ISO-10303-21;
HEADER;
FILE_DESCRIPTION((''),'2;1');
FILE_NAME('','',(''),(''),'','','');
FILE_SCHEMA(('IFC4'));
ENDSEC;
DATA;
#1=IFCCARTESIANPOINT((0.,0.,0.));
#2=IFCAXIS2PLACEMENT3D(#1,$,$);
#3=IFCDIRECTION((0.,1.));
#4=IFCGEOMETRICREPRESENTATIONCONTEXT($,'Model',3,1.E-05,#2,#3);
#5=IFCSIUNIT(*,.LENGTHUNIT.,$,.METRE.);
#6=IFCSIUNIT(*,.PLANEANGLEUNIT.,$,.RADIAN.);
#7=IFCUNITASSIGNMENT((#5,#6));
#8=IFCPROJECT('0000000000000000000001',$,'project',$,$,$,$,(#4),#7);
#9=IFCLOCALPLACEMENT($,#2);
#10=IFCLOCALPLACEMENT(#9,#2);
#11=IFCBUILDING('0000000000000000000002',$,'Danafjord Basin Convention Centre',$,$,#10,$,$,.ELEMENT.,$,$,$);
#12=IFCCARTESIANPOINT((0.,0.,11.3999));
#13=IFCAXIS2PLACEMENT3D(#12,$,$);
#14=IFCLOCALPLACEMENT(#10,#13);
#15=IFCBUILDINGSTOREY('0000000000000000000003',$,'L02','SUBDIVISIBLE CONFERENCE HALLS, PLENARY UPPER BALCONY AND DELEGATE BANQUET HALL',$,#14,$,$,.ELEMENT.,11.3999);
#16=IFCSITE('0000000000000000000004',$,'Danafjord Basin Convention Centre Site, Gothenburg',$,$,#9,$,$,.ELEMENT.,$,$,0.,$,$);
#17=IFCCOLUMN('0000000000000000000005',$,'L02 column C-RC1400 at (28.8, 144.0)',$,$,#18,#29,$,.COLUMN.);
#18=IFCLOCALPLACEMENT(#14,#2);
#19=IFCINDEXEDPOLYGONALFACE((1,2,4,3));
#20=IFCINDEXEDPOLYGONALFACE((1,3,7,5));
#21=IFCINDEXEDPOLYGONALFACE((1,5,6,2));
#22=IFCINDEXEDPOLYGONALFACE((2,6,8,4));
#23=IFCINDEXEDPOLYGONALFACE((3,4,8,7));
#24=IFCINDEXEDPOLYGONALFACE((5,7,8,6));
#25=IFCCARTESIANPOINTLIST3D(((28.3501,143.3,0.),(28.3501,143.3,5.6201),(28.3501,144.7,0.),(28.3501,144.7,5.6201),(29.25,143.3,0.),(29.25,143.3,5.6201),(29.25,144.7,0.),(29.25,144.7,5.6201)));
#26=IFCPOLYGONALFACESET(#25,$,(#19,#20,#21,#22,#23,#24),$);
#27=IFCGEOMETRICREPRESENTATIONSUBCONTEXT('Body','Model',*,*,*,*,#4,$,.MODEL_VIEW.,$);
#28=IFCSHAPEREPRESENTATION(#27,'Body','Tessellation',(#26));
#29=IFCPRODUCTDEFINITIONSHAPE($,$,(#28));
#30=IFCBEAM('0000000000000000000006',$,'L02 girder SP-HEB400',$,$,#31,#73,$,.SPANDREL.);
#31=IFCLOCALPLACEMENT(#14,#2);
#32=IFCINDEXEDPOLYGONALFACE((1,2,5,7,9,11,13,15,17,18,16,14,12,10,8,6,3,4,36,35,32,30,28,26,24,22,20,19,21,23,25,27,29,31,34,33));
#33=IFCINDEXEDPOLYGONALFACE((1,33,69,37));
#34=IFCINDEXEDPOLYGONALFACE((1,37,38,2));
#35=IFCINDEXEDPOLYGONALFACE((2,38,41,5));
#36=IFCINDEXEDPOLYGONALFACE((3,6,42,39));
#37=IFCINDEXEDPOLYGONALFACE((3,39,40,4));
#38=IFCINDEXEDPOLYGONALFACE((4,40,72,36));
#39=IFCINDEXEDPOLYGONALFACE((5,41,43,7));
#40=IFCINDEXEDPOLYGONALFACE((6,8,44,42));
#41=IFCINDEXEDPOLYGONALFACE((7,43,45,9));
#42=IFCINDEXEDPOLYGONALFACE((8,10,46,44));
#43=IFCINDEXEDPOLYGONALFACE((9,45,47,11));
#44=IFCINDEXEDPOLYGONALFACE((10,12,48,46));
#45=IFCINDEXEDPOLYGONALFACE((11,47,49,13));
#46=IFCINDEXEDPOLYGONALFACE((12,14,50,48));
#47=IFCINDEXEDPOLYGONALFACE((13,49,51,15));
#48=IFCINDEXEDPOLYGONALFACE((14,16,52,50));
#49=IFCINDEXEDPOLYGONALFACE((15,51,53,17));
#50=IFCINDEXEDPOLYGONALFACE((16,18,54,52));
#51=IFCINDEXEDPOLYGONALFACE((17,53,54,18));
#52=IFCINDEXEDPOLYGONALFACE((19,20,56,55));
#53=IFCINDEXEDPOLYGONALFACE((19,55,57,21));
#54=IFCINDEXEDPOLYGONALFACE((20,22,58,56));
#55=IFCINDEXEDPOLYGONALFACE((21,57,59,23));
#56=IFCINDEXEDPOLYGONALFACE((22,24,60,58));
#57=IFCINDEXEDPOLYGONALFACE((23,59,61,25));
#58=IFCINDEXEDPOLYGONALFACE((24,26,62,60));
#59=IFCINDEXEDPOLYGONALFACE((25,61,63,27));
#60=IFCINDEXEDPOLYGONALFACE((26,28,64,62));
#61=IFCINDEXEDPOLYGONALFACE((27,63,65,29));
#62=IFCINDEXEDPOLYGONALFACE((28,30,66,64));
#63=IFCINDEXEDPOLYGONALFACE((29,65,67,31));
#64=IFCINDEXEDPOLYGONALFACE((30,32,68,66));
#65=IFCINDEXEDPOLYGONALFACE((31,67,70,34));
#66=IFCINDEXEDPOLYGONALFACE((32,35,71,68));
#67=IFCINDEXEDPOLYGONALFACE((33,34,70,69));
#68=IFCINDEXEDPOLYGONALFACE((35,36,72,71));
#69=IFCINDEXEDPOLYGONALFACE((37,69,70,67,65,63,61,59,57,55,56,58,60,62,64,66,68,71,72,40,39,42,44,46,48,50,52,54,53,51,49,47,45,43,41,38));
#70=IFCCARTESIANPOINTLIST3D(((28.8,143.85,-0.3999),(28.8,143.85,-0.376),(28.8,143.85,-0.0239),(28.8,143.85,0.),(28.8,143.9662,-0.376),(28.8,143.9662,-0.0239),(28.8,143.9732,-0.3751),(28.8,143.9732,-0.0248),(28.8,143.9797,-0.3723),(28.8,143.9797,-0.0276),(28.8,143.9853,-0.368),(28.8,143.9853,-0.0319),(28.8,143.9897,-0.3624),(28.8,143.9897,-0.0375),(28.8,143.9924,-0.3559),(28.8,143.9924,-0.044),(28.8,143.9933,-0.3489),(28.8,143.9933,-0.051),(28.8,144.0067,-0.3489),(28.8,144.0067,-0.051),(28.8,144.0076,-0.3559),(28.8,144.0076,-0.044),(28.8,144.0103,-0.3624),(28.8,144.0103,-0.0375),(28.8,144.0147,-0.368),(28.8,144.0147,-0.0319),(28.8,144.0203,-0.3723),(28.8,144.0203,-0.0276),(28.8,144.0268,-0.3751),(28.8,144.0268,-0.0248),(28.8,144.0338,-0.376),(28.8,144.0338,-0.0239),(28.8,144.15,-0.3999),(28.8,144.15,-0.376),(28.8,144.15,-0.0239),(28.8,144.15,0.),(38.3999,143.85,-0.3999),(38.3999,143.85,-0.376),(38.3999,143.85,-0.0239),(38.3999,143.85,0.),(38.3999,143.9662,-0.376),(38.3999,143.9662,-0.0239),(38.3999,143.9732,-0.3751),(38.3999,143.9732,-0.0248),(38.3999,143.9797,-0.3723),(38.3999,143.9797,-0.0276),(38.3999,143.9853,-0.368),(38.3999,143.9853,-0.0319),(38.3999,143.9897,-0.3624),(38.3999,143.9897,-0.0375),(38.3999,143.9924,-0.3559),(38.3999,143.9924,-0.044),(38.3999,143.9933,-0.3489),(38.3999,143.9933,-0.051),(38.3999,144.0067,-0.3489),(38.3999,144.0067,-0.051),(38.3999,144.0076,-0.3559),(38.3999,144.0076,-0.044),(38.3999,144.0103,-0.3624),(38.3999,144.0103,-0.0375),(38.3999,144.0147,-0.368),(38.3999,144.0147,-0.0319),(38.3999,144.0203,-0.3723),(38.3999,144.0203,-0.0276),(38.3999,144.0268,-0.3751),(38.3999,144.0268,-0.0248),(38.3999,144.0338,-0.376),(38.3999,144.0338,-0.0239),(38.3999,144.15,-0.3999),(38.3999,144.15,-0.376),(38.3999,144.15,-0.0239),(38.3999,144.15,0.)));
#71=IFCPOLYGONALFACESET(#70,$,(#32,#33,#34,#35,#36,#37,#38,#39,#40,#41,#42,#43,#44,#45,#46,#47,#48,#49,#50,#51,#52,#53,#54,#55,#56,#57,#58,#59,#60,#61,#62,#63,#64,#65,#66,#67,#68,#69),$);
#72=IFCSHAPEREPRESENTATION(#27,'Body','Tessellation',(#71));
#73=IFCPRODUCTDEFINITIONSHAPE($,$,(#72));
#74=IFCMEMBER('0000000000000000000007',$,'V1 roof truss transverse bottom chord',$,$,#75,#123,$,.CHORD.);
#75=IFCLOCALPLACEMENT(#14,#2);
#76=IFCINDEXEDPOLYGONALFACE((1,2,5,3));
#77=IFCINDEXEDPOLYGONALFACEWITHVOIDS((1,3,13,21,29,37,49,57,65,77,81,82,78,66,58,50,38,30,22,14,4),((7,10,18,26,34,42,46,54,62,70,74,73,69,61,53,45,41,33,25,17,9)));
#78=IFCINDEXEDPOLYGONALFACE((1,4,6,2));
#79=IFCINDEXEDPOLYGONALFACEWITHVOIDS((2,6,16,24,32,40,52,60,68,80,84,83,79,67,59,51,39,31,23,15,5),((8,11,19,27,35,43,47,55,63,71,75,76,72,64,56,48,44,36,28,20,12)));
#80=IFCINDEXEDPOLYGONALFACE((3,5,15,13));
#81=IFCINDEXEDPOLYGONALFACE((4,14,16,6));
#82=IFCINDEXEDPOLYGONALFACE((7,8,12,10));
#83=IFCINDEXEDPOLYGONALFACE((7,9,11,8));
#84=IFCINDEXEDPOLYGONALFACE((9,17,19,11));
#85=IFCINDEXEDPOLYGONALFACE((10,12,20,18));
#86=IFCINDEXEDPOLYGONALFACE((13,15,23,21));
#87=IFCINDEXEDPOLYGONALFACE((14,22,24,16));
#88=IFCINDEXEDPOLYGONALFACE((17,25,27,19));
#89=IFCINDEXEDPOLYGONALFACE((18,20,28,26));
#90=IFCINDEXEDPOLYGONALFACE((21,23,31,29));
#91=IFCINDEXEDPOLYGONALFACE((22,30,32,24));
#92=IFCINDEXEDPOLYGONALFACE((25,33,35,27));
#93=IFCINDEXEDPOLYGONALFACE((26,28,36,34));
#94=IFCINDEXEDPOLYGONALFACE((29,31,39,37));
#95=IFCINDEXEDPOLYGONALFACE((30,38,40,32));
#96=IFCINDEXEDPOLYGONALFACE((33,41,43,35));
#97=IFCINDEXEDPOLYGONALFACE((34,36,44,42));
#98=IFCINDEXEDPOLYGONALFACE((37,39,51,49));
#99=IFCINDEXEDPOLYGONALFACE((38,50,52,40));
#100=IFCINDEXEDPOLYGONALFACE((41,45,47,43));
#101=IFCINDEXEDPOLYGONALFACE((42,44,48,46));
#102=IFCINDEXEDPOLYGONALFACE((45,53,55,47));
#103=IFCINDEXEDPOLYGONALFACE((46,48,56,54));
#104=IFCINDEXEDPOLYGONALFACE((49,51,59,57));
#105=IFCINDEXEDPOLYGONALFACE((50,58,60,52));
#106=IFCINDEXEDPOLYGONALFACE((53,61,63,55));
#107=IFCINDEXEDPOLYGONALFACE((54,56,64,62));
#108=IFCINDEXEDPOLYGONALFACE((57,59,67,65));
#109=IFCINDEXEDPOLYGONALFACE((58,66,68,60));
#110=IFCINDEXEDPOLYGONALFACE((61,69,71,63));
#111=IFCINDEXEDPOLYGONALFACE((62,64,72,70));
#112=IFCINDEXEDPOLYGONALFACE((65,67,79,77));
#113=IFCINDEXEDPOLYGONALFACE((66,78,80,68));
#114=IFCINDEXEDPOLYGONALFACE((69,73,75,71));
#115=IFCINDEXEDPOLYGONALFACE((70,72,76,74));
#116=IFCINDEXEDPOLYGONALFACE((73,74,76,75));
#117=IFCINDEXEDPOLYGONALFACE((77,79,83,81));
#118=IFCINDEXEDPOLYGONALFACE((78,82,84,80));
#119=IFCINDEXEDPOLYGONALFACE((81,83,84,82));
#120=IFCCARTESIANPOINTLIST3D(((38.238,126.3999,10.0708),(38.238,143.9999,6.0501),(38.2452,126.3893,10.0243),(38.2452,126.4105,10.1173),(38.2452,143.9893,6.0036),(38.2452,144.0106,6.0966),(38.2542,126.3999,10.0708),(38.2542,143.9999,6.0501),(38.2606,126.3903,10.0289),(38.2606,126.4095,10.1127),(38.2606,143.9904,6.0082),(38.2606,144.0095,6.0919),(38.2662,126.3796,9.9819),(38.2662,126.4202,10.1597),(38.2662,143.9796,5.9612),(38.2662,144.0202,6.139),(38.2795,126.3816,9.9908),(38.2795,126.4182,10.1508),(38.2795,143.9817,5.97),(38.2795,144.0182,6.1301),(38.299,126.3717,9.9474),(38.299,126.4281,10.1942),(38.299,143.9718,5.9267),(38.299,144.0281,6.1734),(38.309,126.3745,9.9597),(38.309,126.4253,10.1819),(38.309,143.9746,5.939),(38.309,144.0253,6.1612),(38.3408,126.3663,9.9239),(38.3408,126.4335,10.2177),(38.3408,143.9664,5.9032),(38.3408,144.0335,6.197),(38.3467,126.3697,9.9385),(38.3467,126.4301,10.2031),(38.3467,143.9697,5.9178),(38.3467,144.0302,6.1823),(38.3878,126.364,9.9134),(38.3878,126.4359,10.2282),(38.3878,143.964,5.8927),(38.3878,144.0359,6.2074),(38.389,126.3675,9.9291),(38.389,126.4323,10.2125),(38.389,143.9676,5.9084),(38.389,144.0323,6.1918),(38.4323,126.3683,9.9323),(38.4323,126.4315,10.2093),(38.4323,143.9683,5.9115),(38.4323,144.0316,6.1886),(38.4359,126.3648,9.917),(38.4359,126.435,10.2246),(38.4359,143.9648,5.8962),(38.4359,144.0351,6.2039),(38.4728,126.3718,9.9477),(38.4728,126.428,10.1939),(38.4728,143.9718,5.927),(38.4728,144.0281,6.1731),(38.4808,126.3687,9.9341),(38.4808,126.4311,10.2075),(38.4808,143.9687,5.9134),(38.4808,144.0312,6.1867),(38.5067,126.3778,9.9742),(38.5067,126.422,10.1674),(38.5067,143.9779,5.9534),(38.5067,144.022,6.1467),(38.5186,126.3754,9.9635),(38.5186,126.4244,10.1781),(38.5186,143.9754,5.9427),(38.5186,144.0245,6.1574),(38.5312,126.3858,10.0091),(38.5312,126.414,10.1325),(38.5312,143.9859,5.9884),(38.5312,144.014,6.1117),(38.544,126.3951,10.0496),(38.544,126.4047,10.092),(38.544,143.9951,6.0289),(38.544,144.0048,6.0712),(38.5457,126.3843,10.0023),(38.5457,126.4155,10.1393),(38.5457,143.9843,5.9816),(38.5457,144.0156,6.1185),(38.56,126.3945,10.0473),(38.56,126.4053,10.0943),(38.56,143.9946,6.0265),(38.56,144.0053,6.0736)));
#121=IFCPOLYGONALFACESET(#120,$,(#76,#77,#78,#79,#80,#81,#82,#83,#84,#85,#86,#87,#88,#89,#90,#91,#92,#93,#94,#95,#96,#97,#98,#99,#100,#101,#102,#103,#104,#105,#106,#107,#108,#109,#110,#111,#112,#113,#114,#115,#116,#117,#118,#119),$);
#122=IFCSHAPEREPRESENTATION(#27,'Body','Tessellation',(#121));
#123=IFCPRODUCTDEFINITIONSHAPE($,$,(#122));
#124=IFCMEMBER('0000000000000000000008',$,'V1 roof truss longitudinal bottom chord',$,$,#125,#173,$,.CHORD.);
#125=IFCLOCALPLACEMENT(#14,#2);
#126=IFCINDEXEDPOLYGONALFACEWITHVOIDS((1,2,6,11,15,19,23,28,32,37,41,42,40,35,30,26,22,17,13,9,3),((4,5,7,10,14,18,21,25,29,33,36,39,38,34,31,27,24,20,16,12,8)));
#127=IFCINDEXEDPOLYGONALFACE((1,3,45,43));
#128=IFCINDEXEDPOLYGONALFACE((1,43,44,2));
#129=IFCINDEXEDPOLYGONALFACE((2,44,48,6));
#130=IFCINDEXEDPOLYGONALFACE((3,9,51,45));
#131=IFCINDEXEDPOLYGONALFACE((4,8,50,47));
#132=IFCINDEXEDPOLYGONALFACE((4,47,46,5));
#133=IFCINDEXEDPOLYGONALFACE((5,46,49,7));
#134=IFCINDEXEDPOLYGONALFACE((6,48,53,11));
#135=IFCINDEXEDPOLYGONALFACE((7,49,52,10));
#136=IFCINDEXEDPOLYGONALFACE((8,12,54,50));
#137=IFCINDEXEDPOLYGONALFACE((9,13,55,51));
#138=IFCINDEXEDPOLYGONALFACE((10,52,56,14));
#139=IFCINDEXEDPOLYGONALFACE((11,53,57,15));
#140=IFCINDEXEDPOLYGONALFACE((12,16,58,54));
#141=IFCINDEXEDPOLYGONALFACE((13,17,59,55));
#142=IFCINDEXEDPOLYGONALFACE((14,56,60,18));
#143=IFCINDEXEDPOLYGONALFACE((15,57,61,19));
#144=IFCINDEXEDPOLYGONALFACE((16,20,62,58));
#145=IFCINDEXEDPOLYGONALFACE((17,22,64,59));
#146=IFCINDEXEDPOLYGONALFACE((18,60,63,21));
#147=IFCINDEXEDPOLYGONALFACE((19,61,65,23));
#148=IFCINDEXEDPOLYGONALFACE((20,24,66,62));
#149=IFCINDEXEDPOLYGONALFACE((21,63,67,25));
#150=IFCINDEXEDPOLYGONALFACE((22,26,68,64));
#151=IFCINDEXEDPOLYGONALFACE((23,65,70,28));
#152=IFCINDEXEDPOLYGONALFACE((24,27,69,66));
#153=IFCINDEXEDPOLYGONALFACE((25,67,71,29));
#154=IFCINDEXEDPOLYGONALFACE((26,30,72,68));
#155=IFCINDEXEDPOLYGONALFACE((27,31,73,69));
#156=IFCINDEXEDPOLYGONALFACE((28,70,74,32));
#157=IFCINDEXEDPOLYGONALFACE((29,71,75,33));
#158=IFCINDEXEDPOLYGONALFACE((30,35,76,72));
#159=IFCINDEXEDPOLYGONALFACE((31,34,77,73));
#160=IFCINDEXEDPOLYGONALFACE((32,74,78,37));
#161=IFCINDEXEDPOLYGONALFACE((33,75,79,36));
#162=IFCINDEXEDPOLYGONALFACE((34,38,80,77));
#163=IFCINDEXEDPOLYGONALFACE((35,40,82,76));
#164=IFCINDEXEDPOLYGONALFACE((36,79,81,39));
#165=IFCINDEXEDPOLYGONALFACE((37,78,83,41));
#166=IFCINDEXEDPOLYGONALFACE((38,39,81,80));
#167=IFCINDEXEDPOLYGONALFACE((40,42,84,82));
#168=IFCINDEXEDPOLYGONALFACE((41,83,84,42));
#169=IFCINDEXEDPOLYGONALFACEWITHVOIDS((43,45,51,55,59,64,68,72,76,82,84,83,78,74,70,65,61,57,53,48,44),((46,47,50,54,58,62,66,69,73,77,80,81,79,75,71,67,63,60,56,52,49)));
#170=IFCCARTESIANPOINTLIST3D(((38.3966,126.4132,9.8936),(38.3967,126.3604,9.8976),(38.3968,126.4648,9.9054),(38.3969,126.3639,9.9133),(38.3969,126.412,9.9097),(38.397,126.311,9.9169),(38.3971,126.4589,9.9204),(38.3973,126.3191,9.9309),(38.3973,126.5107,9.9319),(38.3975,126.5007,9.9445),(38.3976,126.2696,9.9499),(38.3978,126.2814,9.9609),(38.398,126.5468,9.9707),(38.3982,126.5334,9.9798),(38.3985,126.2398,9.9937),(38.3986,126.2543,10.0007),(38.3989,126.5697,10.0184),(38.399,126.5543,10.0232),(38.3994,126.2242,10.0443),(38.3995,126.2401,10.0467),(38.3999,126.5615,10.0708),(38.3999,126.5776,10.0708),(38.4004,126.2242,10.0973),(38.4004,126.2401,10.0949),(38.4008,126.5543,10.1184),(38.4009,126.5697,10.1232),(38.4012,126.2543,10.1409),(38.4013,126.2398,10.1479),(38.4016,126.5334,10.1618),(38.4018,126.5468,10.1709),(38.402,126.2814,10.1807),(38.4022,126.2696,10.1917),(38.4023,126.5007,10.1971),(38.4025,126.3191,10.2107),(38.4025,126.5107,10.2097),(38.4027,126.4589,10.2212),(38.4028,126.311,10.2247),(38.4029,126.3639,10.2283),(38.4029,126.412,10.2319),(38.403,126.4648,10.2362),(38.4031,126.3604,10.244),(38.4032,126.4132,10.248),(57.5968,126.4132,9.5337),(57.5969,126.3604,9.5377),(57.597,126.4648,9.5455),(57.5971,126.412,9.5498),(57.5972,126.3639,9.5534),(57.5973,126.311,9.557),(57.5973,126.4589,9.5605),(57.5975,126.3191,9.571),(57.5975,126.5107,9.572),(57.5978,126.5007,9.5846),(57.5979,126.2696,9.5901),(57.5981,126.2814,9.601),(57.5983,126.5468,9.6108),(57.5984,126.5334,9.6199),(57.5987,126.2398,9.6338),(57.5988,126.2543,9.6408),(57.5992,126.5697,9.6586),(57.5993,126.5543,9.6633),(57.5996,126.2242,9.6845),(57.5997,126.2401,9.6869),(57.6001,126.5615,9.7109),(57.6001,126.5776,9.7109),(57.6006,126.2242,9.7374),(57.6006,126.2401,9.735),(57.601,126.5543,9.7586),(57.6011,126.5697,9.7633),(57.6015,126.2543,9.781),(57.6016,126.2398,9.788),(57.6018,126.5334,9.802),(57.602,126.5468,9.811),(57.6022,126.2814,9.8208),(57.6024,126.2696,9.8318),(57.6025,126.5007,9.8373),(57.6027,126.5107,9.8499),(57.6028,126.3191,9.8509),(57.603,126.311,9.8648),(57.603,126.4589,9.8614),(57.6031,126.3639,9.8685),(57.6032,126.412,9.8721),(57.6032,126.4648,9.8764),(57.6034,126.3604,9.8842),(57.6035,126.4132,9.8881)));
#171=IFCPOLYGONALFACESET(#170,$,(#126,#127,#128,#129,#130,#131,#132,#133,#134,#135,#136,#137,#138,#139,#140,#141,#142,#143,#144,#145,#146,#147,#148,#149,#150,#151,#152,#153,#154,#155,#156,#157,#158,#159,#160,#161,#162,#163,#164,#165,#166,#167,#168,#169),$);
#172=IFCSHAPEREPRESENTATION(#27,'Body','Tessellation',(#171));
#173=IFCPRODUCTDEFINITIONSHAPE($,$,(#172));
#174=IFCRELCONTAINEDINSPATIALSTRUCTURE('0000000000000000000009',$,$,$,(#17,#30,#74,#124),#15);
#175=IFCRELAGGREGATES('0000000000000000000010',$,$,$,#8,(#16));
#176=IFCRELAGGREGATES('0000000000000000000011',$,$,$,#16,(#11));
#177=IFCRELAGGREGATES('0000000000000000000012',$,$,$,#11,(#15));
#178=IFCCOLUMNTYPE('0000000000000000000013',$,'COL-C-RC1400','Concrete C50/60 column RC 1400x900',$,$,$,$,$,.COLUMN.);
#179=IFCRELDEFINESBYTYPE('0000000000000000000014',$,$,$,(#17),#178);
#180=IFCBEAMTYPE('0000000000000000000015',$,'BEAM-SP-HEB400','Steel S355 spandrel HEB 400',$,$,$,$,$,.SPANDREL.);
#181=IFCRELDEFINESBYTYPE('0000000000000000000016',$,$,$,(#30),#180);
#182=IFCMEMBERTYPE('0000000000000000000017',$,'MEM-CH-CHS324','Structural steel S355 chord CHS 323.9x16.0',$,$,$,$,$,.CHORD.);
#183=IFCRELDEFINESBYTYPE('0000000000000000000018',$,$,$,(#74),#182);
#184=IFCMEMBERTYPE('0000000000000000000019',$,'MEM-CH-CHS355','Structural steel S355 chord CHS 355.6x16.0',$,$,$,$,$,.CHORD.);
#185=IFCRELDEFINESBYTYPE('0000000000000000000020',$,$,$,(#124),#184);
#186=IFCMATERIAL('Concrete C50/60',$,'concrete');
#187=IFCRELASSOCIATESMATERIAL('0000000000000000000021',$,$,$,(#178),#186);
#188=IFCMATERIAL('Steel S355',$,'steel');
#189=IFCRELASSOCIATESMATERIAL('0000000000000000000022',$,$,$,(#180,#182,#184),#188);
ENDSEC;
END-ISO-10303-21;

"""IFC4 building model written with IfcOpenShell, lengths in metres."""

from ifc_helpers import new_model, si_unit, direction, frame, origin, origin_2d, place, context, subcontext, project, spatial, rectangle, hollow_circle, i_section, extrude, material, material_profile, profile_set, type_object, element, save


model = new_model("IFC4")

# Units and contexts
model_context = context("Model", 3, precision=1e-05, world=origin(), true_north=direction((0.0, 1.0)))
body_context = subcontext(model_context, "Body", "Model", "MODEL_VIEW")
ifc_project = project(units=[si_unit("LENGTHUNIT", "METRE"), si_unit("PLANEANGLEUNIT", "RADIAN")], contexts=[model_context])

# Site, building, storey
site_placement = place(None, origin())
site = spatial("IfcSite", under=ifc_project, at=site_placement, Name="Danafjord Basin Convention Centre Site, Gothenburg", CompositionType="ELEMENT", RefElevation=0.0)
building_placement = place(site_placement, origin())
building = spatial("IfcBuilding", under=site, at=building_placement, Name="Danafjord Basin Convention Centre", CompositionType="ELEMENT")
storey_placement = place(building_placement, frame((0.0, 0.0, 11.3999)))
storey = spatial("IfcBuildingStorey", under=building, at=storey_placement, Name="L02", Description="SUBDIVISIBLE CONFERENCE HALLS, PLENARY UPPER BALCONY AND DELEGATE BANQUET HALL", CompositionType="ELEMENT", Elevation=11.3999)

# Column
ifc_material_1 = material(Name="Concrete C50/60", Category="concrete")
ifc_material_profile_1 = material_profile(ifc_material_1, rectangle(XDim=0.8999, YDim=1.3999, at=origin_2d()), Name="RC 1400x900")
ifc_profile_set_1 = profile_set([ifc_material_profile_1], Name="Concrete C50/60")
column_type = type_object("IfcColumnType", Name="COL-C-RC1400", Description="Concrete C50/60 column RC 1400x900", PredefinedType="COLUMN", material=ifc_profile_set_1)
column_placement = place(storey_placement, frame((28.8, 144.0, 0.0), z_axis=(0.0, 0.0, 1.0), x_axis=(1.0, 0.0, 0.0)))
element("IfcColumn", 1, at=column_placement, inside=storey, type_object=column_type, Name="L02 column C-RC1400 at (28.8, 144.0)", PredefinedType="COLUMN", context=body_context, shape_type="SweptSolid", body=[
    extrude(rectangle(XDim=0.8999, YDim=1.3999, at=origin_2d()), origin(), (0.0, 0.0, 1.0), 5.6201),
])

# Beam
ifc_material_2 = material(Name="Steel S355", Category="steel")
ifc_material_profile_2 = material_profile(ifc_material_2, i_section(OverallWidth=0.3, OverallDepth=0.3999, WebThickness=0.0134, FlangeThickness=0.0239, FilletRadius=0.0271, at=origin_2d()), Name="HEB 400")
ifc_profile_set_2 = profile_set([ifc_material_profile_2], Name="Steel S355")
beam_type = type_object("IfcBeamType", Name="BEAM-SP-HEB400", Description="Steel S355 spandrel HEB 400", PredefinedType="SPANDREL", material=ifc_profile_set_2)
beam_placement = place(storey_placement, frame((28.8, 144.0, -0.2), z_axis=(1.0, 0.0, 0.0), x_axis=(0.0, 1.0, 0.0)))
element("IfcBeam", 2, at=beam_placement, inside=storey, type_object=beam_type, Name="L02 girder SP-HEB400", PredefinedType="SPANDREL", context=body_context, shape_type="SweptSolid", body=[
    extrude(i_section(OverallWidth=0.3, OverallDepth=0.3999, WebThickness=0.0134, FlangeThickness=0.0239, FilletRadius=0.0271, at=origin_2d()), origin(), (0.0, 0.0, 1.0), 9.5999),
])

# Members
ifc_material_profile_3 = material_profile(ifc_material_2, hollow_circle(Radius=0.1619, WallThickness=0.0161, at=origin_2d()), Name="CHS 323.9x16.0")
ifc_profile_set_3 = profile_set([ifc_material_profile_3], Name="Steel S355")
member_type_1 = type_object("IfcMemberType", Name="MEM-CH-CHS324", Description="Structural steel S355 chord CHS 323.9x16.0", PredefinedType="CHORD", material=ifc_profile_set_3)
member_1_placement = place(storey_placement, frame((38.3999, 126.3999, 10.0708), z_axis=(0.0, 0.974884, -0.222713), x_axis=(-1.0, 0.0, 0.0)))
element("IfcMember", 3, at=member_1_placement, inside=storey, type_object=member_type_1, Name="V1 roof truss transverse bottom chord", PredefinedType="CHORD", context=body_context, shape_type="SweptSolid", body=[
    extrude(hollow_circle(Radius=0.1619, WallThickness=0.0161, at=origin_2d()), origin(), (0.0, 0.0, 1.0), 18.0535),
])
ifc_material_profile_4 = material_profile(ifc_material_2, hollow_circle(Radius=0.1777, WallThickness=0.0161, at=origin_2d()), Name="CHS 355.6x16.0")
ifc_profile_set_4 = profile_set([ifc_material_profile_4], Name="Steel S355")
member_type_2 = type_object("IfcMemberType", Name="MEM-CH-CHS355", Description="Structural steel S355 chord CHS 355.6x16.0", PredefinedType="CHORD", material=ifc_profile_set_4)
member_2_placement = place(storey_placement, frame((38.3999, 126.3999, 10.0708), z_axis=(0.999824, 0.0, -0.018739), x_axis=(0.0, 1.0, 0.0)))
element("IfcMember", 4, at=member_2_placement, inside=storey, type_object=member_type_2, Name="V1 roof truss longitudinal bottom chord", PredefinedType="CHORD", context=body_context, shape_type="SweptSolid", body=[
    extrude(hollow_circle(Radius=0.1777, WallThickness=0.0161, at=origin_2d()), origin(), (0.0, 0.0, 1.0), 19.2036),
])

save(model, "model.ifc")
